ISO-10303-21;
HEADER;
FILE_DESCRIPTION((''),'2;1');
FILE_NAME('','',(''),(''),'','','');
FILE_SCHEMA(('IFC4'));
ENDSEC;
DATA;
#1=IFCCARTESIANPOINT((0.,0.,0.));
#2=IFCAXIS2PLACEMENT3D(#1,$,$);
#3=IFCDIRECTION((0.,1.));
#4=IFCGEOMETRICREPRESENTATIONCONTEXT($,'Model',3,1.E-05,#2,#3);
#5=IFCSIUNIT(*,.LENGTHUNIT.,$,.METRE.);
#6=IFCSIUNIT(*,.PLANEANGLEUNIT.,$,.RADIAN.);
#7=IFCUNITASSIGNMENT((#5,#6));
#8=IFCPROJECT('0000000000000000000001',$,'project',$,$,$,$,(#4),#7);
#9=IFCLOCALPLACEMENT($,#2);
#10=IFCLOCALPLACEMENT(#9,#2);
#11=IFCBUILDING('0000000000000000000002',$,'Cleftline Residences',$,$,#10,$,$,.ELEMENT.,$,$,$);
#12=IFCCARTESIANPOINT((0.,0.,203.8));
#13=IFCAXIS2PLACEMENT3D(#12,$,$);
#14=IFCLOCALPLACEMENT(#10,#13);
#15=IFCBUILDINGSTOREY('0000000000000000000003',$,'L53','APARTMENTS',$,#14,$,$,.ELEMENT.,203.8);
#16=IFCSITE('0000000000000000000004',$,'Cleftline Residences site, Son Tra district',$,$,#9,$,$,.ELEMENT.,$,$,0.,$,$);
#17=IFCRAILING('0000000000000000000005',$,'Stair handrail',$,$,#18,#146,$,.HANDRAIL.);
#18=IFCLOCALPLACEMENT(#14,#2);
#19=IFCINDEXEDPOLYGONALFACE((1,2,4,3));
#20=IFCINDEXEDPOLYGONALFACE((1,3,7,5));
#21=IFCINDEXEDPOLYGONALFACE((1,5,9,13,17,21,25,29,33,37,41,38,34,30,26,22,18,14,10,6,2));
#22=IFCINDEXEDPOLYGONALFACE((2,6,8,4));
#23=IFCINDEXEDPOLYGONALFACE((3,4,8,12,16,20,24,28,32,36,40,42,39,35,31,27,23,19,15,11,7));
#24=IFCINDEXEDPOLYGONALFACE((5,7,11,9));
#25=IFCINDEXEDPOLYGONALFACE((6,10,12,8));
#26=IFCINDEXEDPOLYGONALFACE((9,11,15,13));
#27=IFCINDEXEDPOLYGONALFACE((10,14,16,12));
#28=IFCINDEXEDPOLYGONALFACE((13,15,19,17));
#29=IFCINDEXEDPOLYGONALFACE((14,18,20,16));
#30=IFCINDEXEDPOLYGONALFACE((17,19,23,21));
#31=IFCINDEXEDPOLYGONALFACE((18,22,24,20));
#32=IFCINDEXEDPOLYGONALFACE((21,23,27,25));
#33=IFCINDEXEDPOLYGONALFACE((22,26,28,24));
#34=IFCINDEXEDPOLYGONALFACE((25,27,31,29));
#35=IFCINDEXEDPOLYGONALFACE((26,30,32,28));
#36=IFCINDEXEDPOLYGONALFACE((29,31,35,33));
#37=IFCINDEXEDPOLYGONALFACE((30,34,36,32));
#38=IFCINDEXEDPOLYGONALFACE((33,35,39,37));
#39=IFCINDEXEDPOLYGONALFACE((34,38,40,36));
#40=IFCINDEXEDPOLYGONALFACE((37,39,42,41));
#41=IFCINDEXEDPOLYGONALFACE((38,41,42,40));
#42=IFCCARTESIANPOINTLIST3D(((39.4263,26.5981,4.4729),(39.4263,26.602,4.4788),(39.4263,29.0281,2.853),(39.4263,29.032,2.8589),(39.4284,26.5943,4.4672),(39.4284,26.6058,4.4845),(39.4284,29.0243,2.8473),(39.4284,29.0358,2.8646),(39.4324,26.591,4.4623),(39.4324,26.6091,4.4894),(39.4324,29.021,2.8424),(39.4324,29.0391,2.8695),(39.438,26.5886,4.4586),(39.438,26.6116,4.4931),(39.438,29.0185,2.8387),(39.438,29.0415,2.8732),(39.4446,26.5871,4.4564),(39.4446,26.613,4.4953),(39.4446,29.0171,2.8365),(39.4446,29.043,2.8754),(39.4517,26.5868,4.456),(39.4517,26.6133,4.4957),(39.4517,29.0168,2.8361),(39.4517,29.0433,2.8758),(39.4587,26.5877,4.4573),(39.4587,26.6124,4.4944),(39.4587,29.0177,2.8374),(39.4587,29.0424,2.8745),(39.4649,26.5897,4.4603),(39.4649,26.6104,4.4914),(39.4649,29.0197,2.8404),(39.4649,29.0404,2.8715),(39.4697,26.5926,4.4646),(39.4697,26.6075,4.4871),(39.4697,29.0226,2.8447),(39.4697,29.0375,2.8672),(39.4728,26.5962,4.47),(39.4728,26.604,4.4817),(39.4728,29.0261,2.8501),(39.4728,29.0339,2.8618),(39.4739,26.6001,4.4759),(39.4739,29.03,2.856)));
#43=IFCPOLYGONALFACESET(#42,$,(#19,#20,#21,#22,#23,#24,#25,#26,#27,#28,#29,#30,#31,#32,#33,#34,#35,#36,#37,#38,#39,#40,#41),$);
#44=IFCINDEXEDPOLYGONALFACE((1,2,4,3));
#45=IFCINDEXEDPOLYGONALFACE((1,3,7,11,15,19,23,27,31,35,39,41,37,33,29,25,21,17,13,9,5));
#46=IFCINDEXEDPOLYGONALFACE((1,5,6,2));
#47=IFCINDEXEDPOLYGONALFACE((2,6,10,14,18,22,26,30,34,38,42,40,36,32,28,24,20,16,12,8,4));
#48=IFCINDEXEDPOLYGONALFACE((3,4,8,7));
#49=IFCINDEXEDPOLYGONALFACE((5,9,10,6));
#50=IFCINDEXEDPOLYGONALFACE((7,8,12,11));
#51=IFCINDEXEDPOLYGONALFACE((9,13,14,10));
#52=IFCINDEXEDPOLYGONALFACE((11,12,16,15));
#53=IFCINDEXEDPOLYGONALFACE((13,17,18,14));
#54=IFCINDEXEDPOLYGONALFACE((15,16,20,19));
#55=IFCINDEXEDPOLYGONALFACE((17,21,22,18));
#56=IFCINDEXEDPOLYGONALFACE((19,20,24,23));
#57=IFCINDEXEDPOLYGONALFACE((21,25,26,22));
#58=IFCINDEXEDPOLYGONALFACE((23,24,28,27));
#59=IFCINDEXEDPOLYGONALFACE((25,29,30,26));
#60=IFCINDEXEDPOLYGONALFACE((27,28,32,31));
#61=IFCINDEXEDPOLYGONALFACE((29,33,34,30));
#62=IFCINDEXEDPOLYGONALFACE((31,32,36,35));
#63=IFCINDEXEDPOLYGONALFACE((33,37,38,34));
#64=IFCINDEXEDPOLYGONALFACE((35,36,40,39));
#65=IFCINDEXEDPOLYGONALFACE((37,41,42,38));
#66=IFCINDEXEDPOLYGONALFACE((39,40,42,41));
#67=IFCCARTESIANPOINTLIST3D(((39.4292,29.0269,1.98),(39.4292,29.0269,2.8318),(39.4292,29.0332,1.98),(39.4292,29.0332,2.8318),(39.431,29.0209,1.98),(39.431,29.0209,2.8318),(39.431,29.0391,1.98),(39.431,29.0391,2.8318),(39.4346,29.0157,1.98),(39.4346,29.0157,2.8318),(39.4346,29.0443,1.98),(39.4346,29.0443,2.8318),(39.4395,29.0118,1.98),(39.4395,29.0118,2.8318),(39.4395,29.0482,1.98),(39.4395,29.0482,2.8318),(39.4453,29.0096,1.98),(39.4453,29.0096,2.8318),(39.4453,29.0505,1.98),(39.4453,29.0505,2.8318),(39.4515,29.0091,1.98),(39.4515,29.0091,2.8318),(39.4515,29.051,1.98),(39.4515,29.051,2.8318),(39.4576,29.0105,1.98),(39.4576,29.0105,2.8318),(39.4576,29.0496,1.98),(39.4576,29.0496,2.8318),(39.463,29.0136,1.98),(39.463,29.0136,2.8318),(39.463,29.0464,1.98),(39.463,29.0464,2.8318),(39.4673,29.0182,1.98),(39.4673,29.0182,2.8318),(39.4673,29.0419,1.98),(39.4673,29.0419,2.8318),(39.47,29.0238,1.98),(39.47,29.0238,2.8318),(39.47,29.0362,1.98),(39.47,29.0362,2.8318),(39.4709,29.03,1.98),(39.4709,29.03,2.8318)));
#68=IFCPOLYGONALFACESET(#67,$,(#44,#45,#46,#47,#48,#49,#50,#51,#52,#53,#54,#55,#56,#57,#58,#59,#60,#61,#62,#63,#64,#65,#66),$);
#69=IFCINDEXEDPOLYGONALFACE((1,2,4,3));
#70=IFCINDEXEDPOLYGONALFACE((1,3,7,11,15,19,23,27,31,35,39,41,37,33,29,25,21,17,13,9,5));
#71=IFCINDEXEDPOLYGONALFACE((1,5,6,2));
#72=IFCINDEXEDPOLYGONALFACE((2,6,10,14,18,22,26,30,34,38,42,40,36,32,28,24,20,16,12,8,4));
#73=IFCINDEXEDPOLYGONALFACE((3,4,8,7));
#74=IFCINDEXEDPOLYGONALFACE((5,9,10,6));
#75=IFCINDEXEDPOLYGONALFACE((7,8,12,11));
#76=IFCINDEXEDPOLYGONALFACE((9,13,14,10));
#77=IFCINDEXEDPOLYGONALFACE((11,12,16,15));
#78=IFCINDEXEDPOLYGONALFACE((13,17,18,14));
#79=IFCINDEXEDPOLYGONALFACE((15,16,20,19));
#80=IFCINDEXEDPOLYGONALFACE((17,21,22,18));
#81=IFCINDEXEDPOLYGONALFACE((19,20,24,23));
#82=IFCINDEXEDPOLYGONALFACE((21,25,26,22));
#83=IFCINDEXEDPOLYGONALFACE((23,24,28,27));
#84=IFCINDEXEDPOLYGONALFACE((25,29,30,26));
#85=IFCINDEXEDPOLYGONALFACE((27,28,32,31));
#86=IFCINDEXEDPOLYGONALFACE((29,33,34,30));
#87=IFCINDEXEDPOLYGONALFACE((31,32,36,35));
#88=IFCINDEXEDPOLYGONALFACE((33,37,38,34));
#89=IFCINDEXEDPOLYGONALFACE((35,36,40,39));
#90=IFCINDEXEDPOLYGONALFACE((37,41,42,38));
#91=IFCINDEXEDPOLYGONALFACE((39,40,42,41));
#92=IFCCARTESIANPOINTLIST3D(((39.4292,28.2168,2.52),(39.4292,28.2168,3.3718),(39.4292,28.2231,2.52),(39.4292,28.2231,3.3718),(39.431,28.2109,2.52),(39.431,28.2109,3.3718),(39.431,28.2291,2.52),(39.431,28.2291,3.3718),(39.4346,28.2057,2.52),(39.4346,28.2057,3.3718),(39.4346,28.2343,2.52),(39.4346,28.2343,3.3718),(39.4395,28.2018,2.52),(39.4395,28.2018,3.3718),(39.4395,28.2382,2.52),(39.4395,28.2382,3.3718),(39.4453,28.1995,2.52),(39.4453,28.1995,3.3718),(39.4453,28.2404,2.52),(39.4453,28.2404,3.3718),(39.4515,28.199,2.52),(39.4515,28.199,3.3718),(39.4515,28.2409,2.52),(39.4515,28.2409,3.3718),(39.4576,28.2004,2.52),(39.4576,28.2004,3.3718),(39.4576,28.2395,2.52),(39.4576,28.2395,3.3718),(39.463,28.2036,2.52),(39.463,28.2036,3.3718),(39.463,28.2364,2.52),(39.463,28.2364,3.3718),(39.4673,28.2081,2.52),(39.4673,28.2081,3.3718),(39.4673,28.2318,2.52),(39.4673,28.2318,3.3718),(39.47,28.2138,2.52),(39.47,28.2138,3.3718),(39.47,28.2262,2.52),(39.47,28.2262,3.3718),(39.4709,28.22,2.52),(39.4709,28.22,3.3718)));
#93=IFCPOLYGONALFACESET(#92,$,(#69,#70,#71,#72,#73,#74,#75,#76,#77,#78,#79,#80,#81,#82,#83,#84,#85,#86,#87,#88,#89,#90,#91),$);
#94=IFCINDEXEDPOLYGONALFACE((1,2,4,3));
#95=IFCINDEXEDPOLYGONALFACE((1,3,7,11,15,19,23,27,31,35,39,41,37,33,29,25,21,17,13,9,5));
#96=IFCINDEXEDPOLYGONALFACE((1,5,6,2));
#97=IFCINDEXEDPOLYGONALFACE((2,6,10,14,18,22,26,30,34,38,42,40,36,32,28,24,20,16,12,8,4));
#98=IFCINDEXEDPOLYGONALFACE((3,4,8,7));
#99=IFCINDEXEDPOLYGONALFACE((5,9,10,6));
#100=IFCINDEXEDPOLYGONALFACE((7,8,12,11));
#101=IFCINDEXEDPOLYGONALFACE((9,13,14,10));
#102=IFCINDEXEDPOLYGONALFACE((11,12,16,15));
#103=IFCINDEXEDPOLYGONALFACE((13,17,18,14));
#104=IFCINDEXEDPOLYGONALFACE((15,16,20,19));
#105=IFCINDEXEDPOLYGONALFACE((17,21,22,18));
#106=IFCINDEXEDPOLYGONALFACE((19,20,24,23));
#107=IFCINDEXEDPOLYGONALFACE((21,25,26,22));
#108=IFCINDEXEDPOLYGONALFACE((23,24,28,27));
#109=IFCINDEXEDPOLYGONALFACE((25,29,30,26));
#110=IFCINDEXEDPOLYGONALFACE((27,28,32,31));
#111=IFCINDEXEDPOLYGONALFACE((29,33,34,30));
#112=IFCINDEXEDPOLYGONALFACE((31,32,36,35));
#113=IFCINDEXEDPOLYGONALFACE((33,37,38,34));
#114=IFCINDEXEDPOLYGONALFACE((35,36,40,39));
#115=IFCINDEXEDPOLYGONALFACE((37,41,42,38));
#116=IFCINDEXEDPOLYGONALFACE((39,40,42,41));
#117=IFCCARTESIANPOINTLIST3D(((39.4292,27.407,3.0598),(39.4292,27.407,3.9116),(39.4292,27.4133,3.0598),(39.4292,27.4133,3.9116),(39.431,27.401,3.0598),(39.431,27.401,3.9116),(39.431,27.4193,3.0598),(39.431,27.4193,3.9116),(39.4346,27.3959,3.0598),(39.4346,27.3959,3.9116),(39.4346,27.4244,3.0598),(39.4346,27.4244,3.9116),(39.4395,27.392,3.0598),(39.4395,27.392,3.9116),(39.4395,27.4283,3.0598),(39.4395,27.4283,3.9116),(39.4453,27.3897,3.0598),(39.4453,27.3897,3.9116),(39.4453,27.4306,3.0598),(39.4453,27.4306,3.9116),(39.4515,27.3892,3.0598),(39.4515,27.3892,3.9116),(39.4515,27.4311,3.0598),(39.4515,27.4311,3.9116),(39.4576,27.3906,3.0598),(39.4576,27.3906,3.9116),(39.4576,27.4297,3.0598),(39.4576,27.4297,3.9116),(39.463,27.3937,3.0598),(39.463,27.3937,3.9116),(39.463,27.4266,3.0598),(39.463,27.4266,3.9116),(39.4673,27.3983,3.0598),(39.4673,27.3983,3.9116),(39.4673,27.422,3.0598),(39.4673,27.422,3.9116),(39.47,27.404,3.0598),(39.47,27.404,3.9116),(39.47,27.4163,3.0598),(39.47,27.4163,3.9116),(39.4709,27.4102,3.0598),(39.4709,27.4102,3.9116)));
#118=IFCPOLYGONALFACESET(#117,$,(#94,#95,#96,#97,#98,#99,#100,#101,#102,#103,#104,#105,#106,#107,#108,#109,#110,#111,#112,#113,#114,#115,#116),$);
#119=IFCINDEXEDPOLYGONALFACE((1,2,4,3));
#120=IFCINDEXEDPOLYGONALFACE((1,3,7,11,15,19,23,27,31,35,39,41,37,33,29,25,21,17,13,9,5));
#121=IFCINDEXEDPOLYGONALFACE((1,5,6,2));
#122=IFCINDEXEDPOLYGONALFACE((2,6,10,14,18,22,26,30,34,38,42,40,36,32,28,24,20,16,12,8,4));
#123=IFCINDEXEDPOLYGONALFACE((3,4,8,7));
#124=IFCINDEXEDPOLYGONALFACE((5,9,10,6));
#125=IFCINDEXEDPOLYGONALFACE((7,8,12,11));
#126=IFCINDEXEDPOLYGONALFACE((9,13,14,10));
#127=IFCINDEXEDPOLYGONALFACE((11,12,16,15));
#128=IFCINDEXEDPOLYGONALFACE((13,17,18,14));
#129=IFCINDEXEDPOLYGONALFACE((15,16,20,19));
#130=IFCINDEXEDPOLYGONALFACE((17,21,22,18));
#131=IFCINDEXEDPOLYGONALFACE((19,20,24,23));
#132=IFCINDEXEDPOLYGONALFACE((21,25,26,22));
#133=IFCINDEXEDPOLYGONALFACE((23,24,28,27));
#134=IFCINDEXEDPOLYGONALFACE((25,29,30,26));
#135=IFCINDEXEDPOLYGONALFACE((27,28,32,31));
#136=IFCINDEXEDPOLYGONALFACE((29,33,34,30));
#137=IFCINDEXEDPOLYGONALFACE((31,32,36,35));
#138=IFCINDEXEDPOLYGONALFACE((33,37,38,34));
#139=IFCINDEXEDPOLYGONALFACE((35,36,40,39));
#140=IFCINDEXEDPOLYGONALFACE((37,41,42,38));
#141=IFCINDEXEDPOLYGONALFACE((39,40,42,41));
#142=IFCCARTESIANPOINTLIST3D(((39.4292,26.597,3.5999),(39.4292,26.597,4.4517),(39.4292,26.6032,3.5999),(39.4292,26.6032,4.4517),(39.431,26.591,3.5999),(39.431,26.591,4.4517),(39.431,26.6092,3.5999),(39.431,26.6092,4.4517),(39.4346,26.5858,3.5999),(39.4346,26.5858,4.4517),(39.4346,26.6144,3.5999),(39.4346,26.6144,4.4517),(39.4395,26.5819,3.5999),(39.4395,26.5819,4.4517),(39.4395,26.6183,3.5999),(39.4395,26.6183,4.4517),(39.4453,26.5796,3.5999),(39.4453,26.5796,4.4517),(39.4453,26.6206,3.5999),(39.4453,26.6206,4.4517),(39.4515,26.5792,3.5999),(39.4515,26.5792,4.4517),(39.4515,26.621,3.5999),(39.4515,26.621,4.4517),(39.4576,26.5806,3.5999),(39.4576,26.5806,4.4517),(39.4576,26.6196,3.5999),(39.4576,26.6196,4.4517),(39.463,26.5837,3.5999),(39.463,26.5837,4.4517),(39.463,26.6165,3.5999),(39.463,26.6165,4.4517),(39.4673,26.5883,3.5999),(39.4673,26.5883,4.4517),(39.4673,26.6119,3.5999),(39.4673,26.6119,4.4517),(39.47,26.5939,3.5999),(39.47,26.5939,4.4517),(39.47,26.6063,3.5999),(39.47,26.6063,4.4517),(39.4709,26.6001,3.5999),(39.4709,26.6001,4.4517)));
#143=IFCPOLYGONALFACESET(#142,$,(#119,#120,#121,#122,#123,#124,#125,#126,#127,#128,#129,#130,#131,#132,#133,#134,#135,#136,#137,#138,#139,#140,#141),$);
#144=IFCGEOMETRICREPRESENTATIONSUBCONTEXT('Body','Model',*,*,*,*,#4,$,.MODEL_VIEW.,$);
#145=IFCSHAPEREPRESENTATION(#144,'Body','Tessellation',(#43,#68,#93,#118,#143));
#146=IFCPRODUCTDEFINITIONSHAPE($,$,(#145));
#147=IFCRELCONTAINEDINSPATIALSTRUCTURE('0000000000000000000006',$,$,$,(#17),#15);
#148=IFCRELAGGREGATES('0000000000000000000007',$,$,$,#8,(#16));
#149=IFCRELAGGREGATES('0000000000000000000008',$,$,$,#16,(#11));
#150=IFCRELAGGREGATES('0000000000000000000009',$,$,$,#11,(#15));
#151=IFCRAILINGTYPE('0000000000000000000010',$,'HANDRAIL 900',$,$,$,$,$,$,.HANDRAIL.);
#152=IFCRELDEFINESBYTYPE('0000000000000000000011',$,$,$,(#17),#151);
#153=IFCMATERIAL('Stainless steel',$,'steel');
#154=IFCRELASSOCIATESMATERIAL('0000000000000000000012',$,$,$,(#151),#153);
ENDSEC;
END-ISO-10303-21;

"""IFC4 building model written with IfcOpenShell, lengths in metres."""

from ifc_helpers import new_model, si_unit, direction, frame, origin, origin_2d, place, context, subcontext, project, spatial, circle, extrude, material, type_object, element, save


model = new_model("IFC4")

# Units and contexts
model_context = context("Model", 3, precision=1e-05, world=origin(), true_north=direction((0.0, 1.0)))
body_context = subcontext(model_context, "Body", "Model", "MODEL_VIEW")
ifc_project = project(units=[si_unit("LENGTHUNIT", "METRE"), si_unit("PLANEANGLEUNIT", "RADIAN")], contexts=[model_context])

# Site, building, storey
site_placement = place(None, origin())
site = spatial("IfcSite", under=ifc_project, at=site_placement, Name="Cleftline Residences site, Son Tra district", CompositionType="ELEMENT", RefElevation=0.0)
building_placement = place(site_placement, origin())
building = spatial("IfcBuilding", under=site, at=building_placement, Name="Cleftline Residences", CompositionType="ELEMENT")
storey_placement = place(building_placement, frame((0.0, 0.0, 203.8)))
storey = spatial("IfcBuildingStorey", under=building, at=storey_placement, Name="L53", Description="APARTMENTS", CompositionType="ELEMENT", Elevation=203.8)

# Railing
ifc_material_1 = material(Name="Stainless steel", Category="steel")
railing_type = type_object("IfcRailingType", Name="HANDRAIL 900", PredefinedType="HANDRAIL", material=ifc_material_1)
railing_1_placement = place(storey_placement, frame((39.45, 29.03, 1.98)))
element("IfcRailing", 1, at=railing_1_placement, inside=storey, type_object=railing_type, Name="Stair handrail", PredefinedType="HANDRAIL", context=body_context, shape_type="SweptSolid", body=[
    extrude(circle(Radius=0.0239, at=origin_2d()), frame((0.0, 0.0, 0.876), z_axis=(0.0, -0.832063, 0.554681), x_axis=(1.0, 0.0, 0.0)), (0.0, 0.0, 1.0), 2.9204),
    extrude(circle(Radius=0.021, at=origin_2d()), origin(), (0.0, 0.0, 1.0), 0.8518),
    extrude(circle(Radius=0.021, at=origin_2d()), frame((0.0, -0.8101, 0.54)), (0.0, 0.0, 1.0), 0.8518),
    extrude(circle(Radius=0.021, at=origin_2d()), frame((0.0, -1.6199, 1.0798)), (0.0, 0.0, 1.0), 0.8518),
    extrude(circle(Radius=0.021, at=origin_2d()), frame((0.0, -2.4299, 1.6199)), (0.0, 0.0, 1.0), 0.8518),
])

save(model, "model.ifc")
